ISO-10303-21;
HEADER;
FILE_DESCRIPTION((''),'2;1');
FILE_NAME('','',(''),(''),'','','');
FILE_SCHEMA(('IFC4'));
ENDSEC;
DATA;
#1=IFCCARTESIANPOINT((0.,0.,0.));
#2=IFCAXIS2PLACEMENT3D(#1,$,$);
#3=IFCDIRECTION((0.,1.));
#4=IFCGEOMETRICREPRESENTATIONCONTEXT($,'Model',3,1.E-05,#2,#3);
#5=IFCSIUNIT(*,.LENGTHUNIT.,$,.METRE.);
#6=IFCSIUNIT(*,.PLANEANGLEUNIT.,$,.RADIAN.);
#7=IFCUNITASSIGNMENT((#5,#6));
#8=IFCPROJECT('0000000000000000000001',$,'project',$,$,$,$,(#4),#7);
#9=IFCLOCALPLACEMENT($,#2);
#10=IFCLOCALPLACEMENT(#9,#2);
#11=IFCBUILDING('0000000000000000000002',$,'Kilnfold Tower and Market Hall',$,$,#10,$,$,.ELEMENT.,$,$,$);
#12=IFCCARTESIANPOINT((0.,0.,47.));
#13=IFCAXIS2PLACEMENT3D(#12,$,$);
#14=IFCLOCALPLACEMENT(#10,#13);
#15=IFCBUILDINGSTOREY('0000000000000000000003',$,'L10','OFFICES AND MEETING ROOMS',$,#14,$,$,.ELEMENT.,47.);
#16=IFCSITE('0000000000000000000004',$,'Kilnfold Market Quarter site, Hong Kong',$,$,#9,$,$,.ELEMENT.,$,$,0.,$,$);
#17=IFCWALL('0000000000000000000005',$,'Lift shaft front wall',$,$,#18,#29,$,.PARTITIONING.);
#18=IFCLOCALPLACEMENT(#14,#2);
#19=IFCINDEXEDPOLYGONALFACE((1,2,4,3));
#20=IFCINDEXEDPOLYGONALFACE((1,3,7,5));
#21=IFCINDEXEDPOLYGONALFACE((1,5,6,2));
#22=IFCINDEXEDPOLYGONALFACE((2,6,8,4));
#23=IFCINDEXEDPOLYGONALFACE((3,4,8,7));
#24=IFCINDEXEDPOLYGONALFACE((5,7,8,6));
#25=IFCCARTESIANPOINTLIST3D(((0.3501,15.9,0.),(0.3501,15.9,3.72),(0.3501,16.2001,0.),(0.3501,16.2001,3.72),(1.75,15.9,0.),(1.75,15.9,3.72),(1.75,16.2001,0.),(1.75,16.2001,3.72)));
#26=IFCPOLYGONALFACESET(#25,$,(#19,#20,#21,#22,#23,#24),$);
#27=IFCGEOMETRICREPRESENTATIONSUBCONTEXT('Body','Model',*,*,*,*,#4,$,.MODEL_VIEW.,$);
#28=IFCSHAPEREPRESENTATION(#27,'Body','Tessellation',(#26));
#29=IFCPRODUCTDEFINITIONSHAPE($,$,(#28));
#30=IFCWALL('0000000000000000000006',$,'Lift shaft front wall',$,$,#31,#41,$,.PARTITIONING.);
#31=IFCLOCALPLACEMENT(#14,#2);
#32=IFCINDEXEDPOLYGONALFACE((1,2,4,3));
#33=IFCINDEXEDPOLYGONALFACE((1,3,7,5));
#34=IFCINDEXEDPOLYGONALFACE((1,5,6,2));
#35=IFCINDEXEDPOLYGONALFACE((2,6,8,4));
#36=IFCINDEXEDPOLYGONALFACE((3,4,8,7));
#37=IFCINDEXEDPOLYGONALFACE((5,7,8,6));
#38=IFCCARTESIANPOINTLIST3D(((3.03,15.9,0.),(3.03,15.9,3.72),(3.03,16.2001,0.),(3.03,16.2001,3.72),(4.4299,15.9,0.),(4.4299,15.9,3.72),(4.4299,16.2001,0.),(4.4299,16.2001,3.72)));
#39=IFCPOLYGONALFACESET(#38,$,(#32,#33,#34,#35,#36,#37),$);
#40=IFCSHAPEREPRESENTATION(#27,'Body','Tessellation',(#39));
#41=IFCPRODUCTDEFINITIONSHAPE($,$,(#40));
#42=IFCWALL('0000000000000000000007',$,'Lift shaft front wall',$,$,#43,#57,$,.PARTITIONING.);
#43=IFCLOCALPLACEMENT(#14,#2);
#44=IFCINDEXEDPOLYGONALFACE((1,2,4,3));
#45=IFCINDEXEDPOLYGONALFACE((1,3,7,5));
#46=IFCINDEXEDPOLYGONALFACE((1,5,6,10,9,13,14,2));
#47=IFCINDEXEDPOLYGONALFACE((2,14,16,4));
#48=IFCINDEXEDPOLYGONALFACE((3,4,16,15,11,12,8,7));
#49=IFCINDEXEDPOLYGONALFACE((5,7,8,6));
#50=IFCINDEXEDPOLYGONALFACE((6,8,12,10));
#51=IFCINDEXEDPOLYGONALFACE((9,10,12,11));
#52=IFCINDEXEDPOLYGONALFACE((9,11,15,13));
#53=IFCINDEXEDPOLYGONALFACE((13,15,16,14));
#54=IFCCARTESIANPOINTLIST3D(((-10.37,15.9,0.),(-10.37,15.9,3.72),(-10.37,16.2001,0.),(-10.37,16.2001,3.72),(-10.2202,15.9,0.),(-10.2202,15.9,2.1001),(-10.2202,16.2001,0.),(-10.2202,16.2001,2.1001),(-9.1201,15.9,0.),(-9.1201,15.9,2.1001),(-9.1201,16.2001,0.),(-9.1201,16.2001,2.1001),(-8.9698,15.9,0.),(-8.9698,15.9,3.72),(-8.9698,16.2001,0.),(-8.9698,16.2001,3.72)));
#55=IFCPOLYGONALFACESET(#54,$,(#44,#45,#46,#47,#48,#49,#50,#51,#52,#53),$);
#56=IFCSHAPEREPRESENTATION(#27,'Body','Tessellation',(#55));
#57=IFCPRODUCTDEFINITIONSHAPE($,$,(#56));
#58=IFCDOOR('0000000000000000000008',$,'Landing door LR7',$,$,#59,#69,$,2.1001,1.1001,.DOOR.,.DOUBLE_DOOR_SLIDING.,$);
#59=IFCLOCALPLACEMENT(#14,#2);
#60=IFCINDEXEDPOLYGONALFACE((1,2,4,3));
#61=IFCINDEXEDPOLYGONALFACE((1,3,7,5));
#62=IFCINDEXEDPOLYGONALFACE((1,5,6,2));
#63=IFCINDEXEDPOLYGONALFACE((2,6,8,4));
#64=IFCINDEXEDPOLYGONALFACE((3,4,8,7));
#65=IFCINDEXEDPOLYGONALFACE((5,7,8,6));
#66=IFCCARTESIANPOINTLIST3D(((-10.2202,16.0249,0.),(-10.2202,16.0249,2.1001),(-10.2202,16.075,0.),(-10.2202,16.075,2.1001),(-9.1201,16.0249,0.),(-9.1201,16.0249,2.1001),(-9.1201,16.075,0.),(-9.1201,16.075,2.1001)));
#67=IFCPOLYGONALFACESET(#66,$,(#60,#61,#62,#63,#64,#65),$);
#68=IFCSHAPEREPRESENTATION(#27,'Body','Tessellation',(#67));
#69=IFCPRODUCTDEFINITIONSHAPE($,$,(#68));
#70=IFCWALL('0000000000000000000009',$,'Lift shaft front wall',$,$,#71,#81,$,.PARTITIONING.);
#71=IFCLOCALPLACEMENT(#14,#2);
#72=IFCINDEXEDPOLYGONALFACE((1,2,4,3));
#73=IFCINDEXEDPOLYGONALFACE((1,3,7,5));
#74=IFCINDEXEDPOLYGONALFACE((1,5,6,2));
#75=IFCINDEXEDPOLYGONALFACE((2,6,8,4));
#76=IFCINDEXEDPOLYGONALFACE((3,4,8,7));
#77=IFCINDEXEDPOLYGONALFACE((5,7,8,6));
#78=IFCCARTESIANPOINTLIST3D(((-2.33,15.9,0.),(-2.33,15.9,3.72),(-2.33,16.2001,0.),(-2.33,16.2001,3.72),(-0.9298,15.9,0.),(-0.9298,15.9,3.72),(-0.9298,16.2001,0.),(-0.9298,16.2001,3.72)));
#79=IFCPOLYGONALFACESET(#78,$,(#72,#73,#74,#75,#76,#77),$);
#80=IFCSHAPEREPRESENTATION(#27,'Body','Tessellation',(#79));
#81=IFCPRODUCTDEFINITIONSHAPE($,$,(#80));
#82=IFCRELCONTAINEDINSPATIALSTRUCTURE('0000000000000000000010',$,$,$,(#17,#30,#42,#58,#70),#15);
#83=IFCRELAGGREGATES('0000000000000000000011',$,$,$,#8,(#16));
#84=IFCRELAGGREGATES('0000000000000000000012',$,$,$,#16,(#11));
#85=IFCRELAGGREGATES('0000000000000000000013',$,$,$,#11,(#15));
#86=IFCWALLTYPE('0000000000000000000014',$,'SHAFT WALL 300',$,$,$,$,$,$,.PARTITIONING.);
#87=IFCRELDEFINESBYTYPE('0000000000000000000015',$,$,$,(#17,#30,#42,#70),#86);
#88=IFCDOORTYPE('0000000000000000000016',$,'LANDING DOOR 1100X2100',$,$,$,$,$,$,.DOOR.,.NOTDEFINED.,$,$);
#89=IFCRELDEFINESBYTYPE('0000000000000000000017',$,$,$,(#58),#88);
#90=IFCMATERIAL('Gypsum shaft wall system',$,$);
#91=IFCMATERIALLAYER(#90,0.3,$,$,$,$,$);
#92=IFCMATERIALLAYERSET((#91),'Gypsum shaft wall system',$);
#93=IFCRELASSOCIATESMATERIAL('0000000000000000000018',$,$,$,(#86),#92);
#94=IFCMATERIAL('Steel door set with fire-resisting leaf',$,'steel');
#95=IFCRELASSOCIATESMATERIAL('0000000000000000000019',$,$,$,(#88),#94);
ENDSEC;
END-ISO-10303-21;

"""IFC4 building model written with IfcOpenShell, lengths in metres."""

from ifc_helpers import new_model, si_unit, direction, frame, frame_2d, origin, place, context, subcontext, project, spatial, rectangle, extrude, source, transform, mapped, material, layer, layer_set, type_object, element, fill, save


model = new_model("IFC4")

# Units and contexts
model_context = context("Model", 3, precision=1e-05, world=origin(), true_north=direction((0.0, 1.0)))
body_context = subcontext(model_context, "Body", "Model", "MODEL_VIEW")
ifc_project = project(units=[si_unit("LENGTHUNIT", "METRE"), si_unit("PLANEANGLEUNIT", "RADIAN")], contexts=[model_context])

# Site, building, storey
site_placement = place(None, origin())
site = spatial("IfcSite", under=ifc_project, at=site_placement, Name="Kilnfold Market Quarter site, Hong Kong", CompositionType="ELEMENT", RefElevation=0.0)
building_placement = place(site_placement, origin())
building = spatial("IfcBuilding", under=site, at=building_placement, Name="Kilnfold Tower and Market Hall", CompositionType="ELEMENT")
storey_placement = place(building_placement, frame((0.0, 0.0, 47.0)))
storey = spatial("IfcBuildingStorey", under=building, at=storey_placement, Name="L10", Description="OFFICES AND MEETING ROOMS", CompositionType="ELEMENT", Elevation=47.0)

# Shared definitions
ifc_material_1 = material(Name="Gypsum shaft wall system")
ifc_layer_1 = layer(ifc_material_1, 0.3)
ifc_layer_set_1 = layer_set([ifc_layer_1], Name="Gypsum shaft wall system")
wall_type_1 = type_object("IfcWallType", Name="SHAFT WALL 300", PredefinedType="PARTITIONING", material=ifc_layer_set_1)
shared_shape_1 = source(origin(), body_context, "Body", "SweptSolid", [
    extrude(rectangle(XDim=1.3999, YDim=0.3, at=frame_2d((0.7, 0.0))), origin(), (0.0, 0.0, 1.0), 3.72),
])
ifc_material_2 = material(Name="Steel door set with fire-resisting leaf", Category="steel")
door_type = type_object("IfcDoorType", Name="LANDING DOOR 1100X2100", OperationType="NOTDEFINED", PredefinedType="DOOR", material=ifc_material_2)

# Walls
for number, where, z_axis, x_axis, name in (
    (1, (0.3501, 16.05, 0.0), (0.0, 0.0, 1.0), (1.0, 0.0, 0.0), "Lift shaft front wall"),
    (2, (3.03, 16.05, 0.0), (0.0, 0.0, 1.0), (1.0, 0.0, 0.0), "Lift shaft front wall"),
):
    element("IfcWall", number, at=place(storey_placement, frame(where, z_axis=z_axis, x_axis=x_axis)), inside=storey, type_object=wall_type_1, Name=name, PredefinedType="PARTITIONING", context=body_context, shape_type="MappedRepresentation", body=[
        mapped(shared_shape_1, transform((0.0, 0.0, 0.0))),
    ])

# Wall, opening, door
shared_shape_2 = source(origin(), body_context, "Body", "SweptSolid", [
    extrude(rectangle(XDim=1.4001, YDim=0.3, at=frame_2d((0.7002, 0.0))), origin(), (0.0, 0.0, 1.0), 3.72),
])
wall_1_placement = place(storey_placement, frame((-10.3701, 16.05, 0.0), z_axis=(0.0, 0.0, 1.0), x_axis=(1.0, 0.0, 0.0)))
wall_1 = element("IfcWall", 3, at=wall_1_placement, inside=storey, type_object=wall_type_1, Name="Lift shaft front wall", PredefinedType="PARTITIONING", context=body_context, shape_type="MappedRepresentation", body=[
    mapped(shared_shape_2, transform((0.0, 0.0, 0.0))),
])
opening_1_placement = place(wall_1_placement, frame((0.1499, 0.0, 0.0)))
opening_1 = element("IfcOpeningElement", 4, at=opening_1_placement, cuts=wall_1, PredefinedType="OPENING", context=body_context, shape_type="SweptSolid", body=[
    extrude(rectangle(XDim=1.1001, YDim=2.1001, at=frame_2d((0.55, 1.05))), frame((0.0, 0.1602, 0.0), z_axis=(0.0, -1.0, 0.0), x_axis=(1.0, 0.0, 0.0)), (0.0, 0.0, 1.0), 0.3201),
])
door_1_placement = place(opening_1_placement, origin())
door_1 = element("IfcDoor", 5, at=door_1_placement, inside=storey, type_object=door_type, Name="Landing door LR7", OperationType="DOUBLE_DOOR_SLIDING", OverallHeight=2.1001, OverallWidth=1.1001, PredefinedType="DOOR", context=body_context, shape_type="SweptSolid", body=[
    extrude(rectangle(XDim=1.1001, YDim=2.1001, at=frame_2d((0.55, 1.05))), frame((0.0, 0.0249, 0.0), z_axis=(0.0, -1.0, 0.0), x_axis=(1.0, 0.0, 0.0)), (0.0, 0.0, 1.0), 0.05),
])
fill(opening_1, door_1)

# Wall
wall_2_placement = place(storey_placement, frame((-2.3301, 16.05, 0.0), z_axis=(0.0, 0.0, 1.0), x_axis=(1.0, 0.0, 0.0)))
element("IfcWall", 6, at=wall_2_placement, inside=storey, type_object=wall_type_1, Name="Lift shaft front wall", PredefinedType="PARTITIONING", context=body_context, shape_type="MappedRepresentation", body=[
    mapped(shared_shape_2, transform((0.0, 0.0, 0.0))),
])

save(model, "model.ifc")
